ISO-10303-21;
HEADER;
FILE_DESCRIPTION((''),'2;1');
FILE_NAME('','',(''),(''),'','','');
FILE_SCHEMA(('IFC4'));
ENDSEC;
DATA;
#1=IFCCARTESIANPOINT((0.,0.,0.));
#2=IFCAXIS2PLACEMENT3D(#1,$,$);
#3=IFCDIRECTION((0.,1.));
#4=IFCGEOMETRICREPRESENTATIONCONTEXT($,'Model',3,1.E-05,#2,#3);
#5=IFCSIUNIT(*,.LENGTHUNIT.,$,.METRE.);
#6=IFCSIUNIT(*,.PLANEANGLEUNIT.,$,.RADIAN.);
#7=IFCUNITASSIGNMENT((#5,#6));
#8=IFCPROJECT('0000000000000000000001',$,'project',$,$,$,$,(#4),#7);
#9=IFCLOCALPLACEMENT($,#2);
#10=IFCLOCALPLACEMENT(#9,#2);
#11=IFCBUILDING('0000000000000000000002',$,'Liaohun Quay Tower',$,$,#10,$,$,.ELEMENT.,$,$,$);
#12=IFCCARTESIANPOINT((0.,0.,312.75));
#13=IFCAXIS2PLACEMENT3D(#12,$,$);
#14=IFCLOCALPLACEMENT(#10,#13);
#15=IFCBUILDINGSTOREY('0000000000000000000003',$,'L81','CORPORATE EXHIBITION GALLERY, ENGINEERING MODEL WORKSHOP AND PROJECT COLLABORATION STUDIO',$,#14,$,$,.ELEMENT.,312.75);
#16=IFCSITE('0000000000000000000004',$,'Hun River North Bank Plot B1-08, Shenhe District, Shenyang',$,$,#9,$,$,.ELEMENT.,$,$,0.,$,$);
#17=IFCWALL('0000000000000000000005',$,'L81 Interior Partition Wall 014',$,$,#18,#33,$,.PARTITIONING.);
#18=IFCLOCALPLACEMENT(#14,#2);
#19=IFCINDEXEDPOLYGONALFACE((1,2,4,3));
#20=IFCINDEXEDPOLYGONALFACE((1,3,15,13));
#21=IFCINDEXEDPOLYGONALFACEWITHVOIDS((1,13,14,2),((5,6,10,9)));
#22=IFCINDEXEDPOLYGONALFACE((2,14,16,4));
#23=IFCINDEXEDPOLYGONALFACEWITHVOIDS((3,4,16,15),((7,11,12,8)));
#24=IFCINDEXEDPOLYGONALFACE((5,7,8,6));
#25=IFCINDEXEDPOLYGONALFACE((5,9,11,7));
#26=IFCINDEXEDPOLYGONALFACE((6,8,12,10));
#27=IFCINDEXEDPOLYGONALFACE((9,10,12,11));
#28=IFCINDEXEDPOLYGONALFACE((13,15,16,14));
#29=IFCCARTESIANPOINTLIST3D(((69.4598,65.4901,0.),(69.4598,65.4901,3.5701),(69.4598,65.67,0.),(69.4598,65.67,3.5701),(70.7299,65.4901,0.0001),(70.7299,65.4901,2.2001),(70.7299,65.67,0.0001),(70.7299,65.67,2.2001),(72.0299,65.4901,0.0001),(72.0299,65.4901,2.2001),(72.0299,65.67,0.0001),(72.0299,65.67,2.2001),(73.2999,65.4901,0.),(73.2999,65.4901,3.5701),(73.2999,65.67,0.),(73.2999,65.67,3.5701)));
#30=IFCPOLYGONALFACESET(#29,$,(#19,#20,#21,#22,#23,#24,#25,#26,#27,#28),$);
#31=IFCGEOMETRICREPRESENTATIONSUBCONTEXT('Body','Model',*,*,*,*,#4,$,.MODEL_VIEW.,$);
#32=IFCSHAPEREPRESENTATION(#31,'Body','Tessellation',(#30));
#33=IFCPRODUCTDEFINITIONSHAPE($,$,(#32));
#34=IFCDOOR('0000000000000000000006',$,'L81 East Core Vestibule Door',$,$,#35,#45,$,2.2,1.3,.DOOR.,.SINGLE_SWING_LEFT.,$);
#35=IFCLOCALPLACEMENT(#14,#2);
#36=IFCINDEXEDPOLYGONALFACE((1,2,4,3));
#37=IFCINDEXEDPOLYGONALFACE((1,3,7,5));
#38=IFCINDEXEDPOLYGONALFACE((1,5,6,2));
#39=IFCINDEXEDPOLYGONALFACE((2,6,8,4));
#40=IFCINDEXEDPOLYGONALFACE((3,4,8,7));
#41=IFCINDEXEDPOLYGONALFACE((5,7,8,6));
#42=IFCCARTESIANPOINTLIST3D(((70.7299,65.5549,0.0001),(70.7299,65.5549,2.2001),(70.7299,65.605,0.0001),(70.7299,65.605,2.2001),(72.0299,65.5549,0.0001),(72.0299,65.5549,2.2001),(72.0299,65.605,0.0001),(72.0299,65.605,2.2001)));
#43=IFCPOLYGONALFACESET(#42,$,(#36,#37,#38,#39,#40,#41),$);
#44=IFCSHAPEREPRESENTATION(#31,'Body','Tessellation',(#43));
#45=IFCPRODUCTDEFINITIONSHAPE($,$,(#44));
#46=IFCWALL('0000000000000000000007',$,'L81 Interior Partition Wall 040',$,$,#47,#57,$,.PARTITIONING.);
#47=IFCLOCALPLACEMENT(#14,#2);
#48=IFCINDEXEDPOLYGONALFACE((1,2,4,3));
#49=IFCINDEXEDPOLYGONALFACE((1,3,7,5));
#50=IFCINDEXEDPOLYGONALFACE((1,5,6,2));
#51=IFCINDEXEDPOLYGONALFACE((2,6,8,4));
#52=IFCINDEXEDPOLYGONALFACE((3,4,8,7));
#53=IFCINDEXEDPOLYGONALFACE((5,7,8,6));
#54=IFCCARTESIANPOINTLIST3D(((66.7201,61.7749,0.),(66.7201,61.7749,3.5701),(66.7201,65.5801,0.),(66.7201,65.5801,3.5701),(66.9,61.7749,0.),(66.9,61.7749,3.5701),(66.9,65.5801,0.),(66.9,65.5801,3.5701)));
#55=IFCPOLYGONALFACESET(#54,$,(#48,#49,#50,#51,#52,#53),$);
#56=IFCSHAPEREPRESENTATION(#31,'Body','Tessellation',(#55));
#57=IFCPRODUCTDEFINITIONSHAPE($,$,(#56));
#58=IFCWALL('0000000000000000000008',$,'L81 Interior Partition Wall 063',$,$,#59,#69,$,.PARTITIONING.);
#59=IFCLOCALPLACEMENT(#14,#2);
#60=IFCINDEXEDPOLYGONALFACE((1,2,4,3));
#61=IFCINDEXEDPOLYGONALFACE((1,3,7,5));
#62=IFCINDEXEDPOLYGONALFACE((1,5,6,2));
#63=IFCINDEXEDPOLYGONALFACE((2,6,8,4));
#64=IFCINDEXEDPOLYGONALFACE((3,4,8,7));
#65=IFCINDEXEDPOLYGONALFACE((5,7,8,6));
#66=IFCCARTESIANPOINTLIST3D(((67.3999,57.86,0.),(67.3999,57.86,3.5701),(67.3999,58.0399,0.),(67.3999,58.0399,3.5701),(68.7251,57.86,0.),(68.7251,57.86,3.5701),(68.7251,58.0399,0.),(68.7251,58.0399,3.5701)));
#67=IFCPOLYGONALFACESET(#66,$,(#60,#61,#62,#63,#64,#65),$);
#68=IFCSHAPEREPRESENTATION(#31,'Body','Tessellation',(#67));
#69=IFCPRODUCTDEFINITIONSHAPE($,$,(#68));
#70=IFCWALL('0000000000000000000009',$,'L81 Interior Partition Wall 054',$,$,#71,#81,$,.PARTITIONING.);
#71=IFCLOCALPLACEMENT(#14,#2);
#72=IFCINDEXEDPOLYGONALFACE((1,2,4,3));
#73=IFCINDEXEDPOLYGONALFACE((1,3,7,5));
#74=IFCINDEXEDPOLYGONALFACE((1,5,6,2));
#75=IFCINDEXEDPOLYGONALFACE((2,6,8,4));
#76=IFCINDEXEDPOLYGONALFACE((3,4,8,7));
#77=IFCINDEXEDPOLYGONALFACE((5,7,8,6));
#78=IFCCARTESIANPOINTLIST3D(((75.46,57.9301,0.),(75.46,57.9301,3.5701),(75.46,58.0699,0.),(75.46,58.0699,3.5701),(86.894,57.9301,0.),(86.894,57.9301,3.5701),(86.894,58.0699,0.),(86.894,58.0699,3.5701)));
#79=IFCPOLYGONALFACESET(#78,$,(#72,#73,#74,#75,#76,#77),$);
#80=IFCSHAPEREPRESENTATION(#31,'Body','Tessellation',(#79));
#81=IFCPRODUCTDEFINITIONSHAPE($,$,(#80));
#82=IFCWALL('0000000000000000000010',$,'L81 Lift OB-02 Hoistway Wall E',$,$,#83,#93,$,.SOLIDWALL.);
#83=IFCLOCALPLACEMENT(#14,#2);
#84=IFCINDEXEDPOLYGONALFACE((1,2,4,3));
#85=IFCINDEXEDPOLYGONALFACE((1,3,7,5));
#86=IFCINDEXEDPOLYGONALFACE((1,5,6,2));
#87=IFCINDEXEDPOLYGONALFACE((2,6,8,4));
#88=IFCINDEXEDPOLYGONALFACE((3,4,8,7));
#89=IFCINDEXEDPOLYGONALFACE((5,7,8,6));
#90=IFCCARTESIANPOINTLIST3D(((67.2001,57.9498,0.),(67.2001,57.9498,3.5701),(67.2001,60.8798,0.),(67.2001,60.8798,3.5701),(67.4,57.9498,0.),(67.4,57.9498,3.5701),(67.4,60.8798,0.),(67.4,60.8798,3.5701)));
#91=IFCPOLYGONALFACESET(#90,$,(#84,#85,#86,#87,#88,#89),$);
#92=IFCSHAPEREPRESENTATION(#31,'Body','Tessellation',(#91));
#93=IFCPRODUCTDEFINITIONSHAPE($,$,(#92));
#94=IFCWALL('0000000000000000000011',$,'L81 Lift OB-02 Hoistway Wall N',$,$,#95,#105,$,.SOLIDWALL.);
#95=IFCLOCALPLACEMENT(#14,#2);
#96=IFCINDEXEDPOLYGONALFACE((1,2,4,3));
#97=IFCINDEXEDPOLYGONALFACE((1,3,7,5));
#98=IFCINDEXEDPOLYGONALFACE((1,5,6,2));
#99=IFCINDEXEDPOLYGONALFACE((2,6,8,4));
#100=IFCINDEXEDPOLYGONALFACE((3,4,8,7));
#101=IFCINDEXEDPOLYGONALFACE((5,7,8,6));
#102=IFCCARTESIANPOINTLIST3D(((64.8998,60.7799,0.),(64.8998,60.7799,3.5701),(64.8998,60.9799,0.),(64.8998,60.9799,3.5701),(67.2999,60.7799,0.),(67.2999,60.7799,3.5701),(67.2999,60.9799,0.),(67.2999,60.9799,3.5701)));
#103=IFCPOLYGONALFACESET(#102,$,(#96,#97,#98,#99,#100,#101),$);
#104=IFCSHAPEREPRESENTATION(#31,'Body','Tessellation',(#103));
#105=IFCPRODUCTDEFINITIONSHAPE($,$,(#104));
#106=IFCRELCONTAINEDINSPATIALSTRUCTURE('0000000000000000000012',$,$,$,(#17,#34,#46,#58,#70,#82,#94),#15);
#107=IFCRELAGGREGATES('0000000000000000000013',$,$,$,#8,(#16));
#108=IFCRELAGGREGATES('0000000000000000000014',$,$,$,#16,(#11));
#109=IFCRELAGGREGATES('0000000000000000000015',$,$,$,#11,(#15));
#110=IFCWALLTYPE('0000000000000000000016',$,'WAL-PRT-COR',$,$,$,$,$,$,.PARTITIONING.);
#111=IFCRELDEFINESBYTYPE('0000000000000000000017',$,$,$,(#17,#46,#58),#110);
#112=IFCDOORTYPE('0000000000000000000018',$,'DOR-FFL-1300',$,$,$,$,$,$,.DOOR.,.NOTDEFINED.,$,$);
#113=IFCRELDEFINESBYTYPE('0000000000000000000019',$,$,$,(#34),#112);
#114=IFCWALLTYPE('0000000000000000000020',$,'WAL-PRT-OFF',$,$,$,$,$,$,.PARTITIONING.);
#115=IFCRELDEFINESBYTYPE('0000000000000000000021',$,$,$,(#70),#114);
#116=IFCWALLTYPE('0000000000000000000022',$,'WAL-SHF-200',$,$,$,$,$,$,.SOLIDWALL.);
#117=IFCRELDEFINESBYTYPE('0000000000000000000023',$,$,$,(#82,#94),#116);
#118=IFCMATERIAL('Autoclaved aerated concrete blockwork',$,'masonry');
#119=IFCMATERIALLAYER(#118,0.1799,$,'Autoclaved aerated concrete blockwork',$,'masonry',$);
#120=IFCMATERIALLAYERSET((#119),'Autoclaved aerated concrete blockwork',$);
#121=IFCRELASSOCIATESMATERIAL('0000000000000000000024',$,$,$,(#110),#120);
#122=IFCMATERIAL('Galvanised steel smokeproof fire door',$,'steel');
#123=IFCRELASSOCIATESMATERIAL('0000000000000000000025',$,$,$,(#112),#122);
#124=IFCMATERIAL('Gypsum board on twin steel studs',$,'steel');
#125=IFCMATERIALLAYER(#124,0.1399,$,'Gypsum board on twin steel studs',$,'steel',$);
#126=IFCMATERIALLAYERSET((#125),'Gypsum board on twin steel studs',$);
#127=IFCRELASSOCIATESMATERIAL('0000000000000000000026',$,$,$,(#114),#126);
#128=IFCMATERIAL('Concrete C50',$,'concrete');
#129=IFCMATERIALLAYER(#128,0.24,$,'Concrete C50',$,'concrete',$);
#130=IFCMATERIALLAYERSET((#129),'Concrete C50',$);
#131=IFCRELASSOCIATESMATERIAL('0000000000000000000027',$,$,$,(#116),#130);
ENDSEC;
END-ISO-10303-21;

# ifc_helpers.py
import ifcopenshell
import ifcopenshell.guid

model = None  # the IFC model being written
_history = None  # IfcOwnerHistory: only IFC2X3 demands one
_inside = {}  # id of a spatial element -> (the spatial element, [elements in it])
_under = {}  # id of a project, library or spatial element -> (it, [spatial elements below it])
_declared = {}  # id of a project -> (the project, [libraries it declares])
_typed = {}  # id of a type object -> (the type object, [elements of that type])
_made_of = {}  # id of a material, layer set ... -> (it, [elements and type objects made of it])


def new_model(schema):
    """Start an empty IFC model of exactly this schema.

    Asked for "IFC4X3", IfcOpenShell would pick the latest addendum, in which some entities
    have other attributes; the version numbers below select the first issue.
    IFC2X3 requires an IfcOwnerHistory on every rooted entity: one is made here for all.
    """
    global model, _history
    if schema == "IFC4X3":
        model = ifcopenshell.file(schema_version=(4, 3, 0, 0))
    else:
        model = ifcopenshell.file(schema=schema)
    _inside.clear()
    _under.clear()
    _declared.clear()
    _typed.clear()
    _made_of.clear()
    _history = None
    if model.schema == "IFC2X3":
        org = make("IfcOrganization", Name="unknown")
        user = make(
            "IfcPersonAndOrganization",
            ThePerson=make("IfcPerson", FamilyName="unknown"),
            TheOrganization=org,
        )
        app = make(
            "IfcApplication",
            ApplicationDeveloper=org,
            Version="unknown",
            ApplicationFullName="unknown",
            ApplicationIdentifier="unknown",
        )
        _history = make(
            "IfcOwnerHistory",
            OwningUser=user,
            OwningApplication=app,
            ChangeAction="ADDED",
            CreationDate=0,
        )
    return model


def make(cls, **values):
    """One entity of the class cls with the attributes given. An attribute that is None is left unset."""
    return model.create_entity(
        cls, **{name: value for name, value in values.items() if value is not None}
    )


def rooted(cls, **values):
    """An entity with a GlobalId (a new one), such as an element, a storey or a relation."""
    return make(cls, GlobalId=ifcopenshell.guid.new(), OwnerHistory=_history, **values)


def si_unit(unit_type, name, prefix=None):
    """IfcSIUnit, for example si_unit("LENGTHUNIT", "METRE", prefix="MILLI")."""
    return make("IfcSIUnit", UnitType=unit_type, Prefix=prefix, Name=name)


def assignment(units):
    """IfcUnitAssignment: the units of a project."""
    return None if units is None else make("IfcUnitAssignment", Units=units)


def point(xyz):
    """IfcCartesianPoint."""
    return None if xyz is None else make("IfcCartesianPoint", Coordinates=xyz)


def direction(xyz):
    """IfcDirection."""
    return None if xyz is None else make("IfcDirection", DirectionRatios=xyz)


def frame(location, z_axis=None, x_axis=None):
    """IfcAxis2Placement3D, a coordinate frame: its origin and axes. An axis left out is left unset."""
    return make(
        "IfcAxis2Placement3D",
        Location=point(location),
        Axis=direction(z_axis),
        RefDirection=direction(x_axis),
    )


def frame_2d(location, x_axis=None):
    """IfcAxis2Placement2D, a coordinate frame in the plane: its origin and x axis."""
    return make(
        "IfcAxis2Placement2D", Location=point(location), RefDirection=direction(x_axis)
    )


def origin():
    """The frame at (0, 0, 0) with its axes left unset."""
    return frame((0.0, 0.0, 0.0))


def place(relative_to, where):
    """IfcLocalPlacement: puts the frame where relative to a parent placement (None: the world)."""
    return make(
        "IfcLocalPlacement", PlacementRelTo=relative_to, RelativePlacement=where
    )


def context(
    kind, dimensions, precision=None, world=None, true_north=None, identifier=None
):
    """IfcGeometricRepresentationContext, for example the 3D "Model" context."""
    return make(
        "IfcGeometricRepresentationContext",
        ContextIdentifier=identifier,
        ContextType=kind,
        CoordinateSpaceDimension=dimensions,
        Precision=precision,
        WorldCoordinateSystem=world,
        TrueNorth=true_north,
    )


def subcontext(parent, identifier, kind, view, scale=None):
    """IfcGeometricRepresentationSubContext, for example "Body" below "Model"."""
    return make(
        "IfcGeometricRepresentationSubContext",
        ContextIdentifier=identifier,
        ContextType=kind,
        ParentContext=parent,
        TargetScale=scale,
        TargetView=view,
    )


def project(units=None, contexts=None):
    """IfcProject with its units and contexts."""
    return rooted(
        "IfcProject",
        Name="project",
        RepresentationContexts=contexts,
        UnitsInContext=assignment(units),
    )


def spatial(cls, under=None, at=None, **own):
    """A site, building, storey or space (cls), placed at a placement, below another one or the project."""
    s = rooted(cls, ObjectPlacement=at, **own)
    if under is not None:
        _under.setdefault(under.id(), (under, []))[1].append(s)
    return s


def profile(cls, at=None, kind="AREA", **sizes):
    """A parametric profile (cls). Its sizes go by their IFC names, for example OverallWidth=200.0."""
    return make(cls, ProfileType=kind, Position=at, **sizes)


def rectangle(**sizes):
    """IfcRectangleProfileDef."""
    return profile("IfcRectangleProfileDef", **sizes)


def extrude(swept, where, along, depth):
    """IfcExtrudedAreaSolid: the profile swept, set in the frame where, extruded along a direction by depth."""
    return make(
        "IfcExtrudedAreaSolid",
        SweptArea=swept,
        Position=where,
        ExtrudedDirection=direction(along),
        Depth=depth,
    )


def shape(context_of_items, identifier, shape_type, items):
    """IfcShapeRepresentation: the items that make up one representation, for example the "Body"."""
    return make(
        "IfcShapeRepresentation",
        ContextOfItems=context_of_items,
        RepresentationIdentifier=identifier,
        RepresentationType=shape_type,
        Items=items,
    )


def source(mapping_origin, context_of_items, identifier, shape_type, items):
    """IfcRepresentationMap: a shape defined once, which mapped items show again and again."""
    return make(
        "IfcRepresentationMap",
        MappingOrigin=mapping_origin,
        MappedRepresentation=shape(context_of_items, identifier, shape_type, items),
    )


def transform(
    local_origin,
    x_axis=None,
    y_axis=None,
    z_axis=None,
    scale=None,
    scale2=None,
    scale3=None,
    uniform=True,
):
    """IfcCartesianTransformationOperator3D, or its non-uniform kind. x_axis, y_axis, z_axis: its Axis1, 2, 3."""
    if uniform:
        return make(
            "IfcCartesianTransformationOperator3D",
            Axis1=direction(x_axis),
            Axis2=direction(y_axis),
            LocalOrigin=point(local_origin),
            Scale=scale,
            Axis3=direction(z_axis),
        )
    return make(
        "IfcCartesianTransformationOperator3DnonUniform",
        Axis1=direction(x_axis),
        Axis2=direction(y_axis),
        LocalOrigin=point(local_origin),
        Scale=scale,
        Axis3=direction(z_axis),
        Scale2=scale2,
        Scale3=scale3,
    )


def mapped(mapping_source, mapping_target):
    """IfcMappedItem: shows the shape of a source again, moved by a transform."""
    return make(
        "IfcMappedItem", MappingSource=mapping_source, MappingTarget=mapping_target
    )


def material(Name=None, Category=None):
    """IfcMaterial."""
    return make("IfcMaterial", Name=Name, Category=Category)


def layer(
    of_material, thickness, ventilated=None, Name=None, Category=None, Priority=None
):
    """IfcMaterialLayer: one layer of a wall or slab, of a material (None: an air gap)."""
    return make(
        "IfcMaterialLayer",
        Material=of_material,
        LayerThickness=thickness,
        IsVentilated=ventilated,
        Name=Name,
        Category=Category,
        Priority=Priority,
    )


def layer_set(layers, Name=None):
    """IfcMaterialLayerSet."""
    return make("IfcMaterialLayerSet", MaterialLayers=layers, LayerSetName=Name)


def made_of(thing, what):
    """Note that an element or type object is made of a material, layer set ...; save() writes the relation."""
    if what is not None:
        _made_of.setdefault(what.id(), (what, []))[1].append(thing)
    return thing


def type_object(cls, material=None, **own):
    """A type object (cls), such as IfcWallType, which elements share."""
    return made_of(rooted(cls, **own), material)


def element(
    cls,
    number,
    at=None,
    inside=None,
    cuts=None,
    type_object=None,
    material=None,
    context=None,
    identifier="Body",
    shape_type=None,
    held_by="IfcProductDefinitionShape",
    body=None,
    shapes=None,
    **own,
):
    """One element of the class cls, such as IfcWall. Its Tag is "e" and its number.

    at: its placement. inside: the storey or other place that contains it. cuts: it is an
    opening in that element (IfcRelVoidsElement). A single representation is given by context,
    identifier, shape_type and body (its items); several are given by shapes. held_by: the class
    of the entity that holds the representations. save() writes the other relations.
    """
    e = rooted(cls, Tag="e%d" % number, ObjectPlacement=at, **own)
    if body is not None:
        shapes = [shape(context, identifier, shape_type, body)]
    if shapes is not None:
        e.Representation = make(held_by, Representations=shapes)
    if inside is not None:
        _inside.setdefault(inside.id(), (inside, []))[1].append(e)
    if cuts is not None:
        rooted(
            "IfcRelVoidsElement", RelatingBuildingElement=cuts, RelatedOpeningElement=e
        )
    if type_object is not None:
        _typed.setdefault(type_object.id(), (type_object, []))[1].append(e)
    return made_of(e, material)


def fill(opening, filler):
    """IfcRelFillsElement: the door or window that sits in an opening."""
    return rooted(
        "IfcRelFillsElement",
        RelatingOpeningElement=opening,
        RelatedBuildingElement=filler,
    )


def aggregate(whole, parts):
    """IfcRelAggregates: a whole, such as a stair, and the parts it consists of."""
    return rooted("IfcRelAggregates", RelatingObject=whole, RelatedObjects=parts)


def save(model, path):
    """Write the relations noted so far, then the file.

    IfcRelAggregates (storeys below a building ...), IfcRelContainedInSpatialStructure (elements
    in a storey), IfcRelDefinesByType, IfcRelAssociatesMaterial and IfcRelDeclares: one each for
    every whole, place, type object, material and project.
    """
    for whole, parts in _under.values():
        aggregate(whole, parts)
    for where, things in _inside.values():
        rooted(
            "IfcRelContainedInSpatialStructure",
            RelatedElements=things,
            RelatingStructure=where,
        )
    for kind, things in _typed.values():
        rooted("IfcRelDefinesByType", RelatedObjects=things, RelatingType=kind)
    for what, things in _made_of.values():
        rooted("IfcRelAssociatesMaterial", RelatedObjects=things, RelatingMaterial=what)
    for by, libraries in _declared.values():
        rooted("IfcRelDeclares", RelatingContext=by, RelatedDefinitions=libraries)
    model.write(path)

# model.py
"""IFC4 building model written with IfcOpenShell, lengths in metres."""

from ifc_helpers import new_model, si_unit, direction, frame, frame_2d, origin, place, context, subcontext, project, spatial, rectangle, extrude, source, transform, mapped, material, layer, layer_set, type_object, element, fill, save


model = new_model("IFC4")

# Units and contexts
model_context = context("Model", 3, precision=1e-05, world=origin(), true_north=direction((0.0, 1.0)))
body_context = subcontext(model_context, "Body", "Model", "MODEL_VIEW")
ifc_project = project(units=[si_unit("LENGTHUNIT", "METRE"), si_unit("PLANEANGLEUNIT", "RADIAN")], contexts=[model_context])

# Site, building, storey
site_placement = place(None, origin())
site = spatial("IfcSite", under=ifc_project, at=site_placement, Name="Hun River North Bank Plot B1-08, Shenhe District, Shenyang", CompositionType="ELEMENT", RefElevation=0.0)
building_placement = place(site_placement, origin())
building = spatial("IfcBuilding", under=site, at=building_placement, Name="Liaohun Quay Tower", CompositionType="ELEMENT")
storey_placement = place(building_placement, frame((0.0, 0.0, 312.75)))
storey = spatial("IfcBuildingStorey", under=building, at=storey_placement, Name="L81", Description="CORPORATE EXHIBITION GALLERY, ENGINEERING MODEL WORKSHOP AND PROJECT COLLABORATION STUDIO", CompositionType="ELEMENT", Elevation=312.75)

# Shared definitions
ifc_material_1 = material(Name="Concrete C50", Category="concrete")

# Wall, opening, door
ifc_material_2 = material(Name="Autoclaved aerated concrete blockwork", Category="masonry")
ifc_layer_1 = layer(ifc_material_2, 0.1799, Name="Autoclaved aerated concrete blockwork", Category="masonry")
ifc_layer_set_1 = layer_set([ifc_layer_1], Name="Autoclaved aerated concrete blockwork")
wall_type_1 = type_object("IfcWallType", Name="WAL-PRT-COR", PredefinedType="PARTITIONING", material=ifc_layer_set_1)
wall_1_placement = place(storey_placement, frame((69.46, 65.5801, 0.0), z_axis=(0.0, 0.0, 1.0), x_axis=(1.0, 0.0, 0.0)))
wall_1 = element("IfcWall", 1, at=wall_1_placement, inside=storey, type_object=wall_type_1, Name="L81 Interior Partition Wall 014", PredefinedType="PARTITIONING", context=body_context, shape_type="SweptSolid", body=[
    extrude(rectangle(XDim=3.8401, YDim=0.1799, at=frame_2d((1.9199, 0.0))), origin(), (0.0, 0.0, 1.0), 3.5701),
])
shared_shape_1 = source(origin(), body_context, "Body", "SweptSolid", [
    extrude(rectangle(XDim=1.3, YDim=2.2, at=frame_2d((0.6499, 1.1001))), frame((0.0, 0.0999, 0.0), z_axis=(0.0, -1.0, 0.0), x_axis=(1.0, 0.0, 0.0)), (0.0, 0.0, 1.0), 0.2),
])
opening_1_placement = place(wall_1_placement, frame((1.27, 0.0, 0.0)))
opening_1 = element("IfcOpeningElement", 2, at=opening_1_placement, cuts=wall_1, PredefinedType="OPENING", context=body_context, shape_type="MappedRepresentation", body=[
    mapped(shared_shape_1, transform((0.0, 0.0, 0.0), x_axis=(1.0, 0.0, 0.0), y_axis=(0.0, 1.0, 0.0), z_axis=(0.0, 0.0, 1.0), scale=1.0)),
])
ifc_material_3 = material(Name="Galvanised steel smokeproof fire door", Category="steel")
door_type_1 = type_object("IfcDoorType", Name="DOR-FFL-1300", OperationType="NOTDEFINED", PredefinedType="DOOR", material=ifc_material_3)
shared_shape_2 = source(origin(), body_context, "Body", "SweptSolid", [
    extrude(rectangle(XDim=1.3, YDim=2.2, at=frame_2d((0.6499, 1.1001))), frame((0.0, 0.0249, 0.0), z_axis=(0.0, -1.0, 0.0), x_axis=(1.0, 0.0, 0.0)), (0.0, 0.0, 1.0), 0.05),
])
door_1_placement = place(opening_1_placement, origin())
door_1 = element("IfcDoor", 3, at=door_1_placement, inside=storey, type_object=door_type_1, Name="L81 East Core Vestibule Door", OperationType="SINGLE_SWING_LEFT", OverallHeight=2.2, OverallWidth=1.3, PredefinedType="DOOR", context=body_context, shape_type="MappedRepresentation", body=[
    mapped(shared_shape_2, transform((0.0, 0.0, 0.0), x_axis=(1.0, 0.0, 0.0), y_axis=(0.0, 1.0, 0.0), z_axis=(0.0, 0.0, 1.0), scale=1.0)),
])
fill(opening_1, door_1)

# Walls
wall_2_placement = place(storey_placement, frame((66.8101, 61.7749, 0.0), z_axis=(0.0, 0.0, 1.0), x_axis=(0.0, 1.0, 0.0)))
element("IfcWall", 4, at=wall_2_placement, inside=storey, type_object=wall_type_1, Name="L81 Interior Partition Wall 040", PredefinedType="PARTITIONING", context=body_context, shape_type="SweptSolid", body=[
    extrude(rectangle(XDim=3.8052, YDim=0.1799, at=frame_2d((1.9026, 0.0))), origin(), (0.0, 0.0, 1.0), 3.5701),
])
wall_3_placement = place(storey_placement, frame((67.3999, 57.95, 0.0), z_axis=(0.0, 0.0, 1.0), x_axis=(1.0, 0.0, 0.0)))
element("IfcWall", 5, at=wall_3_placement, inside=storey, type_object=wall_type_1, Name="L81 Interior Partition Wall 063", PredefinedType="PARTITIONING", context=body_context, shape_type="SweptSolid", body=[
    extrude(rectangle(XDim=1.3252, YDim=0.1799, at=frame_2d((0.6626, 0.0))), origin(), (0.0, 0.0, 1.0), 3.5701),
])
ifc_material_4 = material(Name="Gypsum board on twin steel studs", Category="steel")
ifc_layer_2 = layer(ifc_material_4, 0.1399, Name="Gypsum board on twin steel studs", Category="steel")
ifc_layer_set_2 = layer_set([ifc_layer_2], Name="Gypsum board on twin steel studs")
wall_type_2 = type_object("IfcWallType", Name="WAL-PRT-OFF", PredefinedType="PARTITIONING", material=ifc_layer_set_2)
wall_4_placement = place(storey_placement, frame((75.46, 58.0, 0.0), z_axis=(0.0, 0.0, 1.0), x_axis=(1.0, 0.0, 0.0)))
element("IfcWall", 6, at=wall_4_placement, inside=storey, type_object=wall_type_2, Name="L81 Interior Partition Wall 054", PredefinedType="PARTITIONING", context=body_context, shape_type="SweptSolid", body=[
    extrude(rectangle(XDim=11.4341, YDim=0.1399, at=frame_2d((5.717, 0.0))), origin(), (0.0, 0.0, 1.0), 3.5701),
])
ifc_layer_3 = layer(ifc_material_1, 0.24, Name="Concrete C50", Category="concrete")
ifc_layer_set_3 = layer_set([ifc_layer_3], Name="Concrete C50")
wall_type_3 = type_object("IfcWallType", Name="WAL-SHF-200", PredefinedType="SOLIDWALL", material=ifc_layer_set_3)
wall_5_placement = place(storey_placement, frame((67.3, 57.95, 0.0), z_axis=(0.0, 0.0, 1.0), x_axis=(0.0, 1.0, 0.0)))
element("IfcWall", 7, at=wall_5_placement, inside=storey, type_object=wall_type_3, Name="L81 Lift OB-02 Hoistway Wall E", PredefinedType="SOLIDWALL", context=body_context, shape_type="SweptSolid", body=[
    extrude(rectangle(XDim=2.9299, YDim=0.2, at=frame_2d((1.4648, 0.0))), origin(), (0.0, 0.0, 1.0), 3.5701),
])
wall_6_placement = place(storey_placement, frame((67.3, 60.8799, 0.0), z_axis=(0.0, 0.0, 1.0), x_axis=(-1.0, 0.0, 0.0)))
element("IfcWall", 8, at=wall_6_placement, inside=storey, type_object=wall_type_3, Name="L81 Lift OB-02 Hoistway Wall N", PredefinedType="SOLIDWALL", context=body_context, shape_type="SweptSolid", body=[
    extrude(rectangle(XDim=2.4001, YDim=0.2, at=frame_2d((1.2002, 0.0))), origin(), (0.0, 0.0, 1.0), 3.5701),
])

save(model, "model.ifc")
